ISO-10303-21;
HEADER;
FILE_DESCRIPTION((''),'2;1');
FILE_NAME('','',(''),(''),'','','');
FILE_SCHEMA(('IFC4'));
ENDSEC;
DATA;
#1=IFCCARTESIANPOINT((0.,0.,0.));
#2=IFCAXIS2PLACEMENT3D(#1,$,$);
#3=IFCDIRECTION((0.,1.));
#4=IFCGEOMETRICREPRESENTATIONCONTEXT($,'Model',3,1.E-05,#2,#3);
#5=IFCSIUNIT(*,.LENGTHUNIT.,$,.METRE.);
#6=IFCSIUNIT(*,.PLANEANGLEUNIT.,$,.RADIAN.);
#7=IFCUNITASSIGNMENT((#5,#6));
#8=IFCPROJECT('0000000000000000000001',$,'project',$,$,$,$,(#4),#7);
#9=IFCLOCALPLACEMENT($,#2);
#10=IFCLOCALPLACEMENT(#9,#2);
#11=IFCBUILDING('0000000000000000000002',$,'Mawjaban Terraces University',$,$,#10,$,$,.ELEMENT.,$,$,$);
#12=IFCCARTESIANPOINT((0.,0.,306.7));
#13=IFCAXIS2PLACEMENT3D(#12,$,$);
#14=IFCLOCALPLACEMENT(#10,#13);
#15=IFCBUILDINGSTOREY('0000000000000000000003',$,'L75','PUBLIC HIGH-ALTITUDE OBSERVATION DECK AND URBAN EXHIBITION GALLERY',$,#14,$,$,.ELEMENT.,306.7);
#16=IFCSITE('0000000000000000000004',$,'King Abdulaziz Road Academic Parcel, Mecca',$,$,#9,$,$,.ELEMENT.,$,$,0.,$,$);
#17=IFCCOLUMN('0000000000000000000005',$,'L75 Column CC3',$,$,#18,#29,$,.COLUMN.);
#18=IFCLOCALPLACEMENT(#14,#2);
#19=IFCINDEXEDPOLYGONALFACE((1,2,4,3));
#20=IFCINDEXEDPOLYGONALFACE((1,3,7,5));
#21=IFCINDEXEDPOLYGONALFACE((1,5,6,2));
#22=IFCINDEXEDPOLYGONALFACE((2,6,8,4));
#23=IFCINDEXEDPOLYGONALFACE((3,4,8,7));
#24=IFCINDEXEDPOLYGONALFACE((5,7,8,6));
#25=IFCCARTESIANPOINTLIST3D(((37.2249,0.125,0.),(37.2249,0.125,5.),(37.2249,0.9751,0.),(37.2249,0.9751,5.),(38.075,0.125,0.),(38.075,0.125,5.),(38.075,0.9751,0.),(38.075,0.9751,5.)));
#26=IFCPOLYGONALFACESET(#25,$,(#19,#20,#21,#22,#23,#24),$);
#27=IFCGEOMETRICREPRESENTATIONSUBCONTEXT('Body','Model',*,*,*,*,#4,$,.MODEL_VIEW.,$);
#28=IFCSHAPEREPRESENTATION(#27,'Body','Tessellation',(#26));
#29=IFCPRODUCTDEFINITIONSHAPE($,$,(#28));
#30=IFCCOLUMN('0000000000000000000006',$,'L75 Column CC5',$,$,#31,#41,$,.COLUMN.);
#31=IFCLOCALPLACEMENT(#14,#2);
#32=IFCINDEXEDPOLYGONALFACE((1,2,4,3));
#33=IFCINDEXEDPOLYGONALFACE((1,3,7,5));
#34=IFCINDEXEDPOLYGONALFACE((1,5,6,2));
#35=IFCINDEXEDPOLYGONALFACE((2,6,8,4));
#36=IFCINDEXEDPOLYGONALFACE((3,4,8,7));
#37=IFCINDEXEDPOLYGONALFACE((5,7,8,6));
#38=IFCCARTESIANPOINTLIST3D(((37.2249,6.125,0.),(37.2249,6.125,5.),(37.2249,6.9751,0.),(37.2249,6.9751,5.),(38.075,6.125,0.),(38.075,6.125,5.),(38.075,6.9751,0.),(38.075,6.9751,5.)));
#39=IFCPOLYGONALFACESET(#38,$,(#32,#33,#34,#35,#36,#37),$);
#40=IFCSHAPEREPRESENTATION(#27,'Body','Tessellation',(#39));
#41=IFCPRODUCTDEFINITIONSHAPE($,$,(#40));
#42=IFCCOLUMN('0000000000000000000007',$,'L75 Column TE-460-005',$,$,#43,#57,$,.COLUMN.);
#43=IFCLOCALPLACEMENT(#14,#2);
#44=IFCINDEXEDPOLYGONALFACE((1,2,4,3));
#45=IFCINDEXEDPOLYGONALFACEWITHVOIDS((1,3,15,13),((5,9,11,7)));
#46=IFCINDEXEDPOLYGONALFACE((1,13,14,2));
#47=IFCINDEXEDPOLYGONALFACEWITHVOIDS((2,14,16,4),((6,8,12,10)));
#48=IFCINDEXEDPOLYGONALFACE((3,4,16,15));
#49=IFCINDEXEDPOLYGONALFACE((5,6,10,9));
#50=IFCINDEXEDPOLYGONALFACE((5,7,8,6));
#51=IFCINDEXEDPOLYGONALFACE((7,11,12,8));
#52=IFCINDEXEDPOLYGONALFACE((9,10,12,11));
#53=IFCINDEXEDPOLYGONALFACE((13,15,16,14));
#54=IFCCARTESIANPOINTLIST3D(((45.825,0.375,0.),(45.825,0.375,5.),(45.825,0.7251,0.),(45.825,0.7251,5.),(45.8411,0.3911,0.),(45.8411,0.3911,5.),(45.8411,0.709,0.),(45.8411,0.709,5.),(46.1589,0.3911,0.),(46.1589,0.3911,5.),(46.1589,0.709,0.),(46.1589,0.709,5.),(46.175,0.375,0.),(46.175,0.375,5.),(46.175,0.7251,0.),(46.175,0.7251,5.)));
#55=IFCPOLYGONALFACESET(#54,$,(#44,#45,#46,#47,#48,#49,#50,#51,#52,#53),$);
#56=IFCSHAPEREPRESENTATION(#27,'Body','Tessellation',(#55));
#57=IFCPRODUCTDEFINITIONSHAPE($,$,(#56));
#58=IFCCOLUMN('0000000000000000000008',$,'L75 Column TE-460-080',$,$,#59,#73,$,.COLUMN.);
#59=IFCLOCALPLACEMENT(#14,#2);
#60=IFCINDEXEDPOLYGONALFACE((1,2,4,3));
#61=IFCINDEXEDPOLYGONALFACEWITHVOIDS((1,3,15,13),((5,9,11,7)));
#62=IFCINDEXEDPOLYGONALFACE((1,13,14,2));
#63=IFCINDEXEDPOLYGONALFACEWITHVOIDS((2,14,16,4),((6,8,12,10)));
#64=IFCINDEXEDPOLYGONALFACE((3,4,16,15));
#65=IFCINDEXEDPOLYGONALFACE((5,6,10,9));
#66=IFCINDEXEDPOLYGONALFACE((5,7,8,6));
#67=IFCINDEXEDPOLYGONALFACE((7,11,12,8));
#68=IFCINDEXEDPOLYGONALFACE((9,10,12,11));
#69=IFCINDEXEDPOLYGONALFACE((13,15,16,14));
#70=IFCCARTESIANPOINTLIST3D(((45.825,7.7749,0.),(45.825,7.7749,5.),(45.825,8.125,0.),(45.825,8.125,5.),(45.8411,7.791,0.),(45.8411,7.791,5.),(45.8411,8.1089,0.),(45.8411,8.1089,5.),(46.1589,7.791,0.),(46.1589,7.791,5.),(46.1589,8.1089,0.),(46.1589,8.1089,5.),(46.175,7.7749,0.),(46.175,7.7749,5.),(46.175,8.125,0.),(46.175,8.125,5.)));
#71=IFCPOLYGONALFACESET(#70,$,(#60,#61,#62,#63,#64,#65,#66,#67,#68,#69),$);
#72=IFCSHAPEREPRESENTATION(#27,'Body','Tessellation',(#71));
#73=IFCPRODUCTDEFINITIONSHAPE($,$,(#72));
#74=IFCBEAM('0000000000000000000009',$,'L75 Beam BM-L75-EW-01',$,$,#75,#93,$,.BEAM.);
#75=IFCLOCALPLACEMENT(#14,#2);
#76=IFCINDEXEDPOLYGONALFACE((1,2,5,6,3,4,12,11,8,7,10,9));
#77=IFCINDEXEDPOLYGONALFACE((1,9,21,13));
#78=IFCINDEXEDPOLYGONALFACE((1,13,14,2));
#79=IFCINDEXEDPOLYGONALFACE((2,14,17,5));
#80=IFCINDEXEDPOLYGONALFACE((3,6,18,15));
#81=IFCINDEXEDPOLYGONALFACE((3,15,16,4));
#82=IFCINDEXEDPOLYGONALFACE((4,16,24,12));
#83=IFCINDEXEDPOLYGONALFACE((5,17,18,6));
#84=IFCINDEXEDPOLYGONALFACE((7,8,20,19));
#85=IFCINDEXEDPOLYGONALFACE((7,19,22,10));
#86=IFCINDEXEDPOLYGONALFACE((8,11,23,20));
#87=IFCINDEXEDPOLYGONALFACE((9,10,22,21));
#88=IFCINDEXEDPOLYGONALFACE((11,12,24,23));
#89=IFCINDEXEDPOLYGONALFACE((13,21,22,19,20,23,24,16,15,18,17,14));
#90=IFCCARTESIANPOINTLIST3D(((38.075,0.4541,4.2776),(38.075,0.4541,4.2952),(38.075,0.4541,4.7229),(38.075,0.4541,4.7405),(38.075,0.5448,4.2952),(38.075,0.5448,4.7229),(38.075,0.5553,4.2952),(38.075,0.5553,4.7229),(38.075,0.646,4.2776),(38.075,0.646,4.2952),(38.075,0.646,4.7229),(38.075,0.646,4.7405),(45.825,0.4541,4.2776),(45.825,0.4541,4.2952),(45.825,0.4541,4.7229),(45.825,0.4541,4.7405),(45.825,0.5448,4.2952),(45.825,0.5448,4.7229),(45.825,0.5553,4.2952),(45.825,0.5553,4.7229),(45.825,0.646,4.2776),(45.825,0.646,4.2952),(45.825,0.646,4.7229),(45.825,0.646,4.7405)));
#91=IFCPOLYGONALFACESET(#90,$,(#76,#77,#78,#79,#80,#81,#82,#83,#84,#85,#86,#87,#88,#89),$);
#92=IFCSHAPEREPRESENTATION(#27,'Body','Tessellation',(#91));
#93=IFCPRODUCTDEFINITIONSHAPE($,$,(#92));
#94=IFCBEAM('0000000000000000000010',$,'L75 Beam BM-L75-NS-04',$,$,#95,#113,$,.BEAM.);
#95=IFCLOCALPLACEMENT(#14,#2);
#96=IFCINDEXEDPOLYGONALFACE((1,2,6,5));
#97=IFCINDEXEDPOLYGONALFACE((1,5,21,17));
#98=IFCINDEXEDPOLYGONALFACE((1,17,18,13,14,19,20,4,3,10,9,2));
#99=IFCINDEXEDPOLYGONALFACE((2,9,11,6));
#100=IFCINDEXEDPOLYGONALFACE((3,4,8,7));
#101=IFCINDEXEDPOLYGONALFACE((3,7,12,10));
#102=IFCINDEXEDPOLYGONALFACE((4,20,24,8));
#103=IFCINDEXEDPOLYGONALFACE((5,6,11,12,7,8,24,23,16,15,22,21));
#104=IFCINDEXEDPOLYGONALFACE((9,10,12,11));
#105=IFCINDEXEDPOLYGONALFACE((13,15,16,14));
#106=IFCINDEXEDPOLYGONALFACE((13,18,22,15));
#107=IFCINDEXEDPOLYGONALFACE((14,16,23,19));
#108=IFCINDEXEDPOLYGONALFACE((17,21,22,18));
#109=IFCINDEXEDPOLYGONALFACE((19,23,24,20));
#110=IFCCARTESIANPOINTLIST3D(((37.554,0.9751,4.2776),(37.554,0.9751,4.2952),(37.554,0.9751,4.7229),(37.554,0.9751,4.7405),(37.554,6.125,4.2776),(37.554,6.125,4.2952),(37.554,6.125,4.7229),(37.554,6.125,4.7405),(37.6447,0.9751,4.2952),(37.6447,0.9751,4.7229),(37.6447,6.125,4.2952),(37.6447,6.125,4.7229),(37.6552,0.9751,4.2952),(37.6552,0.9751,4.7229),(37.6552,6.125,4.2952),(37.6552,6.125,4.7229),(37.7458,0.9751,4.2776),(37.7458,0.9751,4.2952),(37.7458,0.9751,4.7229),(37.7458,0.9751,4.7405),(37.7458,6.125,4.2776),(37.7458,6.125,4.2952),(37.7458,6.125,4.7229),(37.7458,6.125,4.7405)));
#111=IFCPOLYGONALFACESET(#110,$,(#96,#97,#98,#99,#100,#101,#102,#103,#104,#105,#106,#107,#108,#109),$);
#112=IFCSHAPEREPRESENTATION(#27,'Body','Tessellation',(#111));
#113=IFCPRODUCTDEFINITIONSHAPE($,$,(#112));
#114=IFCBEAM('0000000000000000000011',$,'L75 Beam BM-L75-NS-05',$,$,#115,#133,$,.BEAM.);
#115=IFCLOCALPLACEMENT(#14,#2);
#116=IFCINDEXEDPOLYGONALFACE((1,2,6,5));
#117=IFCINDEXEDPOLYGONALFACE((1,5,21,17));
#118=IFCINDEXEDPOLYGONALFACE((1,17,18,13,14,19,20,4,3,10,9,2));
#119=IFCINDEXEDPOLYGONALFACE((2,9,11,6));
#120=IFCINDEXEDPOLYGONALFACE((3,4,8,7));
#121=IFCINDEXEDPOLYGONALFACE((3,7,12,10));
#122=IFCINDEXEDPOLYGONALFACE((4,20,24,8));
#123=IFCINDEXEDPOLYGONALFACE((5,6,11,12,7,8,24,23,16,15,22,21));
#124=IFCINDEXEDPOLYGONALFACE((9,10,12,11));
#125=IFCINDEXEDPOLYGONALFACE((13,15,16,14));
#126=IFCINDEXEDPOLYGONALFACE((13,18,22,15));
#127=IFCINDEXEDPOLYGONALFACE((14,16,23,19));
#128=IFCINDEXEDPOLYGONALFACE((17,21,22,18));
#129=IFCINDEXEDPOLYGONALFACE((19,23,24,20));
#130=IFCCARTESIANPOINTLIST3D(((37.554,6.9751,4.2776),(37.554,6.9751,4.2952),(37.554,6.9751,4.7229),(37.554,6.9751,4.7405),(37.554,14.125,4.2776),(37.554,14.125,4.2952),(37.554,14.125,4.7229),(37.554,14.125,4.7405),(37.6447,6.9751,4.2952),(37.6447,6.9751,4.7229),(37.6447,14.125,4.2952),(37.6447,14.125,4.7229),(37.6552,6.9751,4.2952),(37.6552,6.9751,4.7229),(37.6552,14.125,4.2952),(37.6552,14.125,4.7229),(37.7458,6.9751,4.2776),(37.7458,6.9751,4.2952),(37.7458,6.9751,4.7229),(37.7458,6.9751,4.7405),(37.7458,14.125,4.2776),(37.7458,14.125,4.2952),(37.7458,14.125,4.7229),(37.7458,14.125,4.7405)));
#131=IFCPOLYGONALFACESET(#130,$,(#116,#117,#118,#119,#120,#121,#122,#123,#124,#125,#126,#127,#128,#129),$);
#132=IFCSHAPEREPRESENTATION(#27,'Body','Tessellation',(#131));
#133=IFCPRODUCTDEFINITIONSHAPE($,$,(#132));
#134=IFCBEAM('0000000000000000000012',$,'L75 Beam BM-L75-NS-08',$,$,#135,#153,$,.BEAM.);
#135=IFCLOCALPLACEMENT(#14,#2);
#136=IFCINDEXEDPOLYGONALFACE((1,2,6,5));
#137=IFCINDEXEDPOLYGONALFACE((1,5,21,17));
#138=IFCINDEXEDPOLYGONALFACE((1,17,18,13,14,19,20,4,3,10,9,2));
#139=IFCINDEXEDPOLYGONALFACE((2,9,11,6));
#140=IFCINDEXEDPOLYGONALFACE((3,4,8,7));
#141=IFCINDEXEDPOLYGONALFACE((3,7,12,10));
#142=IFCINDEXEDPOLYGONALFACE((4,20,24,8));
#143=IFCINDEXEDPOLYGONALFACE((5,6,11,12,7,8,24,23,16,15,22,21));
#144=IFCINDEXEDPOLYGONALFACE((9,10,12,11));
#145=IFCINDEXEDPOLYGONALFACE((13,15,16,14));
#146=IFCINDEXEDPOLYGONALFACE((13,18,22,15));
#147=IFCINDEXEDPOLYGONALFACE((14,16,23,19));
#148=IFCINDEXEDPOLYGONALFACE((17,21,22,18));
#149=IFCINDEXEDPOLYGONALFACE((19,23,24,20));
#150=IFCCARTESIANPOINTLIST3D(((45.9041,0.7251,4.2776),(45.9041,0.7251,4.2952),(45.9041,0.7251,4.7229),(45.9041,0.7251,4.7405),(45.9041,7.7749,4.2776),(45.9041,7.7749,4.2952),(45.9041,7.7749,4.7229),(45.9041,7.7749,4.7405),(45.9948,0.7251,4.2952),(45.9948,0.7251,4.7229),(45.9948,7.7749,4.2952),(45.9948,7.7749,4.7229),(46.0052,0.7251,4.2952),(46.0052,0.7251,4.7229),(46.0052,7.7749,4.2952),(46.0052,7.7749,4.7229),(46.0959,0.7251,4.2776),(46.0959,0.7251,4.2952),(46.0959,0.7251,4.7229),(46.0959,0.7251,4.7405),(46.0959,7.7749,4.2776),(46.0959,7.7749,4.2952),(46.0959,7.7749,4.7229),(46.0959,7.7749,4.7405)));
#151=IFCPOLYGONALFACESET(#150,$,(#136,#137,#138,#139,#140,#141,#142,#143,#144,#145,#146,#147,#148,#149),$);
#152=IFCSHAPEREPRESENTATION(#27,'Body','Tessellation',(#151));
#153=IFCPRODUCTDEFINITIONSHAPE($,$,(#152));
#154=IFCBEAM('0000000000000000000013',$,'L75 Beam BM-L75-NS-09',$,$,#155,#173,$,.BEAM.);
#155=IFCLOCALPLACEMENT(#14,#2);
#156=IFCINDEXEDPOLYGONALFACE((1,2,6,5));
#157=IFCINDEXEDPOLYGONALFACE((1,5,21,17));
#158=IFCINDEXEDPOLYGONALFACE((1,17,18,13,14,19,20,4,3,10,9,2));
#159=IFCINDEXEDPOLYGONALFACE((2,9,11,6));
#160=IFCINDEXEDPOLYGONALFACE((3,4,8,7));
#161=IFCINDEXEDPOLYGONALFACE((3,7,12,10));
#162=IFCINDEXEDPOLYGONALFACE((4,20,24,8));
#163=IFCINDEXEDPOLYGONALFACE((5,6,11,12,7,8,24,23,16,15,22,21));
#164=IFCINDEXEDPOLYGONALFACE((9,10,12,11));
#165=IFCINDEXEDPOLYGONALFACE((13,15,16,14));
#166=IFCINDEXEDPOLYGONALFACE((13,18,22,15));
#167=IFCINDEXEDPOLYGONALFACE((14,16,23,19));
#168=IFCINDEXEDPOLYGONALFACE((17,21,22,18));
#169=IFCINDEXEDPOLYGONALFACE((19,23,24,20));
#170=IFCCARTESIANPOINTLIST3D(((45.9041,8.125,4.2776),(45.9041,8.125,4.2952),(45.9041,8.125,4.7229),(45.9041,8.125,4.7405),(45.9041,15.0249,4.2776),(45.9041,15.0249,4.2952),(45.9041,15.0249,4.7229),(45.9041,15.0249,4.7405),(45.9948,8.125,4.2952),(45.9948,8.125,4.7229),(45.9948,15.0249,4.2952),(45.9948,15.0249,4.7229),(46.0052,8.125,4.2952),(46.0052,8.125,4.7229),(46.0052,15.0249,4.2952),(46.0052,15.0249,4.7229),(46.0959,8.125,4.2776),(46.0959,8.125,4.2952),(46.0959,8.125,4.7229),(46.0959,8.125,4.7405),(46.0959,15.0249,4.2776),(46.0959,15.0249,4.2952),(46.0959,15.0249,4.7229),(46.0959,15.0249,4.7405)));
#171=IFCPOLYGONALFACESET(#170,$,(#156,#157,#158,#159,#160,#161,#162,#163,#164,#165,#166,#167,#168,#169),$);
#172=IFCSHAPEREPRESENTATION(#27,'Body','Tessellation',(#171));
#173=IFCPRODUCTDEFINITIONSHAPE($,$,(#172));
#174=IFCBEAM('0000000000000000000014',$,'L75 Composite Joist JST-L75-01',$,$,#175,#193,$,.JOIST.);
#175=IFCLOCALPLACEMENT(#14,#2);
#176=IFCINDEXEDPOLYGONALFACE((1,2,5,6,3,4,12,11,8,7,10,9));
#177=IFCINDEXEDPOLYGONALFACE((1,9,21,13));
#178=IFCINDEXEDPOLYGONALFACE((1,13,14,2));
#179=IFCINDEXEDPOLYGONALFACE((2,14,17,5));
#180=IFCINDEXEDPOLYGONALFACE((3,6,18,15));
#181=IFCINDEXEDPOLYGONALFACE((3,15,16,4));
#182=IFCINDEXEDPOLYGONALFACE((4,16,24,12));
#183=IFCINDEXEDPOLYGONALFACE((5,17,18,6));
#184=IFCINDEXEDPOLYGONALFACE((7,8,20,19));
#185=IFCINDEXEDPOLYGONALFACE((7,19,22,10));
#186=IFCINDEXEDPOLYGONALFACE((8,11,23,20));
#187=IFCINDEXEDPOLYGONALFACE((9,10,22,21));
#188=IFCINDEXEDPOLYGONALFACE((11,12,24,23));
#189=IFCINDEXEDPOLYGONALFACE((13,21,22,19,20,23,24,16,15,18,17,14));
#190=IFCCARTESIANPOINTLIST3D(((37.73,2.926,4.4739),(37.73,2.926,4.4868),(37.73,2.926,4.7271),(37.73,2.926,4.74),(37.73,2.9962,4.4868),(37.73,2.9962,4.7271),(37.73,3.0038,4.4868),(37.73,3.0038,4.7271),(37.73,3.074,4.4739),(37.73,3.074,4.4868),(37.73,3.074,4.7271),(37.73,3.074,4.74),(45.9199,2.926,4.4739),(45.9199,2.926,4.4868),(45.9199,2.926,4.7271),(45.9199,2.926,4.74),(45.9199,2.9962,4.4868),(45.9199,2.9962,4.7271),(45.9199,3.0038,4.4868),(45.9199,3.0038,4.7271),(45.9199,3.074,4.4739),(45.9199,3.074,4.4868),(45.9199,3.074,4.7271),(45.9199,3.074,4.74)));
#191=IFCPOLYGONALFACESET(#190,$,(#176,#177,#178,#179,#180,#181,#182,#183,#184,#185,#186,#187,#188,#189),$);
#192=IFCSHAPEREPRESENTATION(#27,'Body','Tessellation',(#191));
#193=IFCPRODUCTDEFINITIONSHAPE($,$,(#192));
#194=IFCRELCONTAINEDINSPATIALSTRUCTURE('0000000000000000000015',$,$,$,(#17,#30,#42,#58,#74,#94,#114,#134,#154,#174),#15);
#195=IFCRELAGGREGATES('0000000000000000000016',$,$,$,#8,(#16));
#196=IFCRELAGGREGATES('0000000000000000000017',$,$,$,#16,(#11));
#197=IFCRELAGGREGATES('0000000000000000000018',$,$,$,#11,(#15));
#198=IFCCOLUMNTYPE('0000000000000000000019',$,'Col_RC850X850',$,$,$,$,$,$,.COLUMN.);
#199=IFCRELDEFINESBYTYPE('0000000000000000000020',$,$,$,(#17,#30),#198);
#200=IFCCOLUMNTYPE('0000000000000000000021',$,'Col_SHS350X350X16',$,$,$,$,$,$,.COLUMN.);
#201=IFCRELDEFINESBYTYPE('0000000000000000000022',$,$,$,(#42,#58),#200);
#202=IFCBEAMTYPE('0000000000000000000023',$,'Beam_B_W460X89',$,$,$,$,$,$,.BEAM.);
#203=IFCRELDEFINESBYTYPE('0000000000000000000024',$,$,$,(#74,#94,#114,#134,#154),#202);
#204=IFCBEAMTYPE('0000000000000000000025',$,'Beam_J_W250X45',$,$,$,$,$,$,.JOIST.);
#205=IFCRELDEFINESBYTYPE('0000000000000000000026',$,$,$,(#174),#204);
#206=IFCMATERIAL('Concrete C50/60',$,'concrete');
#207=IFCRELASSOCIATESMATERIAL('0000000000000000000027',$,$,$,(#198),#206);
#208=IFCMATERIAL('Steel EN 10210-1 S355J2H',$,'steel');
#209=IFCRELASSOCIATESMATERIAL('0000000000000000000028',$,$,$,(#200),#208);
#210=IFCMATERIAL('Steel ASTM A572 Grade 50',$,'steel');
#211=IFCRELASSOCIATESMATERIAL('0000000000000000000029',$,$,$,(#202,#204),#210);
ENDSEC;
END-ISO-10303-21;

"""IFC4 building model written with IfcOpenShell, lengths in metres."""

from ifc_helpers import new_model, si_unit, direction, frame, origin, origin_2d, place, context, subcontext, project, spatial, rectangle, hollow_rectangle, i_section, extrude, material, material_profile, profile_set, type_object, element, save


model = new_model("IFC4")

# Units and contexts
model_context = context("Model", 3, precision=1e-05, world=origin(), true_north=direction((0.0, 1.0)))
body_context = subcontext(model_context, "Body", "Model", "MODEL_VIEW")
ifc_project = project(units=[si_unit("LENGTHUNIT", "METRE"), si_unit("PLANEANGLEUNIT", "RADIAN")], contexts=[model_context])

# Site, building, storey
site_placement = place(None, origin())
site = spatial("IfcSite", under=ifc_project, at=site_placement, Name="King Abdulaziz Road Academic Parcel, Mecca", CompositionType="ELEMENT", RefElevation=0.0)
building_placement = place(site_placement, origin())
building = spatial("IfcBuilding", under=site, at=building_placement, Name="Mawjaban Terraces University", CompositionType="ELEMENT")
storey_placement = place(building_placement, frame((0.0, 0.0, 306.7)))
storey = spatial("IfcBuildingStorey", under=building, at=storey_placement, Name="L75", Description="PUBLIC HIGH-ALTITUDE OBSERVATION DECK AND URBAN EXHIBITION GALLERY", CompositionType="ELEMENT", Elevation=306.7)

# Columns
ifc_material_1 = material(Name="Concrete C50/60", Category="concrete")
ifc_material_profile_1 = material_profile(ifc_material_1, rectangle(XDim=0.8501, YDim=0.8501, at=origin_2d()), Name="RC850X850")
ifc_profile_set_1 = profile_set([ifc_material_profile_1], Name="Concrete C50/60")
column_type_1 = type_object("IfcColumnType", Name="Col_RC850X850", PredefinedType="COLUMN", material=ifc_profile_set_1)
for number, where, z_axis, x_axis, name in (
    (1, (37.6499, 0.55, 0.0), (0.0, 0.0, 1.0), (1.0, 0.0, 0.0), "L75 Column CC3"),
    (2, (37.6499, 6.55, 0.0), (0.0, 0.0, 1.0), (1.0, 0.0, 0.0), "L75 Column CC5"),
):
    element("IfcColumn", number, at=place(storey_placement, frame(where, z_axis=z_axis, x_axis=x_axis)), inside=storey, type_object=column_type_1, Name=name, PredefinedType="COLUMN", context=body_context, shape_type="SweptSolid", body=[
        extrude(rectangle(XDim=0.8501, YDim=0.8501, at=origin_2d()), origin(), (0.0, 0.0, 1.0), 5.0),
    ])
ifc_material_2 = material(Name="Steel EN 10210-1 S355J2H", Category="steel")
ifc_material_profile_2 = material_profile(ifc_material_2, hollow_rectangle(XDim=0.3501, YDim=0.3501, WallThickness=0.0161, at=origin_2d()), Name="SHS350X350X16")
ifc_profile_set_2 = profile_set([ifc_material_profile_2], Name="Steel EN 10210-1 S355J2H")
column_type_2 = type_object("IfcColumnType", Name="Col_SHS350X350X16", PredefinedType="COLUMN", material=ifc_profile_set_2)
for number, where, z_axis, x_axis, name in (
    (3, (46.0, 0.55, 0.0), (0.0, 0.0, 1.0), (1.0, 0.0, 0.0), "L75 Column TE-460-005"),
    (4, (46.0, 7.95, 0.0), (0.0, 0.0, 1.0), (1.0, 0.0, 0.0), "L75 Column TE-460-080"),
):
    element("IfcColumn", number, at=place(storey_placement, frame(where, z_axis=z_axis, x_axis=x_axis)), inside=storey, type_object=column_type_2, Name=name, PredefinedType="COLUMN", context=body_context, shape_type="SweptSolid", body=[
        extrude(hollow_rectangle(XDim=0.3501, YDim=0.3501, WallThickness=0.0161, at=origin_2d()), origin(), (0.0, 0.0, 1.0), 5.0),
    ])

# Beams
ifc_material_3 = material(Name="Steel ASTM A572 Grade 50", Category="steel")
ifc_material_profile_3 = material_profile(ifc_material_3, i_section(OverallWidth=0.1919, OverallDepth=0.4629, WebThickness=0.0105, FlangeThickness=0.0176, at=origin_2d()), Name="W460X89")
ifc_profile_set_3 = profile_set([ifc_material_profile_3], Name="Steel ASTM A572 Grade 50")
beam_type_1 = type_object("IfcBeamType", Name="Beam_B_W460X89", PredefinedType="BEAM", material=ifc_profile_set_3)
beam_1_placement = place(storey_placement, frame((38.075, 0.55, 4.509), z_axis=(1.0, 0.0, 0.0), x_axis=(0.0, 1.0, 0.0)))
element("IfcBeam", 5, at=beam_1_placement, inside=storey, type_object=beam_type_1, Name="L75 Beam BM-L75-EW-01", PredefinedType="BEAM", context=body_context, shape_type="SweptSolid", body=[
    extrude(i_section(OverallWidth=0.1919, OverallDepth=0.4629, WebThickness=0.0105, FlangeThickness=0.0176, at=origin_2d()), origin(), (0.0, 0.0, 1.0), 7.75),
])
beam_2_placement = place(storey_placement, frame((37.6499, 0.9751, 4.509), z_axis=(0.0, 1.0, 0.0), x_axis=(-1.0, 0.0, 0.0)))
element("IfcBeam", 6, at=beam_2_placement, inside=storey, type_object=beam_type_1, Name="L75 Beam BM-L75-NS-04", PredefinedType="BEAM", context=body_context, shape_type="SweptSolid", body=[
    extrude(i_section(OverallWidth=0.1919, OverallDepth=0.4629, WebThickness=0.0105, FlangeThickness=0.0176, at=origin_2d()), origin(), (0.0, 0.0, 1.0), 5.1499),
])
beam_3_placement = place(storey_placement, frame((37.6499, 6.9751, 4.509), z_axis=(0.0, 1.0, 0.0), x_axis=(-1.0, 0.0, 0.0)))
element("IfcBeam", 7, at=beam_3_placement, inside=storey, type_object=beam_type_1, Name="L75 Beam BM-L75-NS-05", PredefinedType="BEAM", context=body_context, shape_type="SweptSolid", body=[
    extrude(i_section(OverallWidth=0.1919, OverallDepth=0.4629, WebThickness=0.0105, FlangeThickness=0.0176, at=origin_2d()), origin(), (0.0, 0.0, 1.0), 7.1499),
])
beam_4_placement = place(storey_placement, frame((46.0, 0.7251, 4.509), z_axis=(0.0, 1.0, 0.0), x_axis=(-1.0, 0.0, 0.0)))
element("IfcBeam", 8, at=beam_4_placement, inside=storey, type_object=beam_type_1, Name="L75 Beam BM-L75-NS-08", PredefinedType="BEAM", context=body_context, shape_type="SweptSolid", body=[
    extrude(i_section(OverallWidth=0.1919, OverallDepth=0.4629, WebThickness=0.0105, FlangeThickness=0.0176, at=origin_2d()), origin(), (0.0, 0.0, 1.0), 7.0498),
])
beam_5_placement = place(storey_placement, frame((46.0, 8.125, 4.509), z_axis=(0.0, 1.0, 0.0), x_axis=(-1.0, 0.0, 0.0)))
element("IfcBeam", 9, at=beam_5_placement, inside=storey, type_object=beam_type_1, Name="L75 Beam BM-L75-NS-09", PredefinedType="BEAM", context=body_context, shape_type="SweptSolid", body=[
    extrude(i_section(OverallWidth=0.1919, OverallDepth=0.4629, WebThickness=0.0105, FlangeThickness=0.0176, at=origin_2d()), origin(), (0.0, 0.0, 1.0), 6.8999),
])
ifc_material_profile_4 = material_profile(ifc_material_3, i_section(OverallWidth=0.1479, OverallDepth=0.2661, WebThickness=0.0076, FlangeThickness=0.0129, at=origin_2d()), Name="W250X45")
ifc_profile_set_4 = profile_set([ifc_material_profile_4], Name="Steel ASTM A572 Grade 50")
beam_type_2 = type_object("IfcBeamType", Name="Beam_J_W250X45", PredefinedType="JOIST", material=ifc_profile_set_4)
for number, where, z_axis, x_axis, name in (
    (10, (37.73, 3.0, 4.6069), (1.0, 0.0, 0.0), (0.0, 1.0, 0.0), "L75 Composite Joist JST-L75-01"),
):
    element("IfcBeam", number, at=place(storey_placement, frame(where, z_axis=z_axis, x_axis=x_axis)), inside=storey, type_object=beam_type_2, Name=name, PredefinedType="JOIST", context=body_context, shape_type="SweptSolid", body=[
        extrude(i_section(OverallWidth=0.1479, OverallDepth=0.2661, WebThickness=0.0076, FlangeThickness=0.0129, at=origin_2d()), origin(), (0.0, 0.0, 1.0), 8.1899),
    ])

save(model, "model.ifc")
